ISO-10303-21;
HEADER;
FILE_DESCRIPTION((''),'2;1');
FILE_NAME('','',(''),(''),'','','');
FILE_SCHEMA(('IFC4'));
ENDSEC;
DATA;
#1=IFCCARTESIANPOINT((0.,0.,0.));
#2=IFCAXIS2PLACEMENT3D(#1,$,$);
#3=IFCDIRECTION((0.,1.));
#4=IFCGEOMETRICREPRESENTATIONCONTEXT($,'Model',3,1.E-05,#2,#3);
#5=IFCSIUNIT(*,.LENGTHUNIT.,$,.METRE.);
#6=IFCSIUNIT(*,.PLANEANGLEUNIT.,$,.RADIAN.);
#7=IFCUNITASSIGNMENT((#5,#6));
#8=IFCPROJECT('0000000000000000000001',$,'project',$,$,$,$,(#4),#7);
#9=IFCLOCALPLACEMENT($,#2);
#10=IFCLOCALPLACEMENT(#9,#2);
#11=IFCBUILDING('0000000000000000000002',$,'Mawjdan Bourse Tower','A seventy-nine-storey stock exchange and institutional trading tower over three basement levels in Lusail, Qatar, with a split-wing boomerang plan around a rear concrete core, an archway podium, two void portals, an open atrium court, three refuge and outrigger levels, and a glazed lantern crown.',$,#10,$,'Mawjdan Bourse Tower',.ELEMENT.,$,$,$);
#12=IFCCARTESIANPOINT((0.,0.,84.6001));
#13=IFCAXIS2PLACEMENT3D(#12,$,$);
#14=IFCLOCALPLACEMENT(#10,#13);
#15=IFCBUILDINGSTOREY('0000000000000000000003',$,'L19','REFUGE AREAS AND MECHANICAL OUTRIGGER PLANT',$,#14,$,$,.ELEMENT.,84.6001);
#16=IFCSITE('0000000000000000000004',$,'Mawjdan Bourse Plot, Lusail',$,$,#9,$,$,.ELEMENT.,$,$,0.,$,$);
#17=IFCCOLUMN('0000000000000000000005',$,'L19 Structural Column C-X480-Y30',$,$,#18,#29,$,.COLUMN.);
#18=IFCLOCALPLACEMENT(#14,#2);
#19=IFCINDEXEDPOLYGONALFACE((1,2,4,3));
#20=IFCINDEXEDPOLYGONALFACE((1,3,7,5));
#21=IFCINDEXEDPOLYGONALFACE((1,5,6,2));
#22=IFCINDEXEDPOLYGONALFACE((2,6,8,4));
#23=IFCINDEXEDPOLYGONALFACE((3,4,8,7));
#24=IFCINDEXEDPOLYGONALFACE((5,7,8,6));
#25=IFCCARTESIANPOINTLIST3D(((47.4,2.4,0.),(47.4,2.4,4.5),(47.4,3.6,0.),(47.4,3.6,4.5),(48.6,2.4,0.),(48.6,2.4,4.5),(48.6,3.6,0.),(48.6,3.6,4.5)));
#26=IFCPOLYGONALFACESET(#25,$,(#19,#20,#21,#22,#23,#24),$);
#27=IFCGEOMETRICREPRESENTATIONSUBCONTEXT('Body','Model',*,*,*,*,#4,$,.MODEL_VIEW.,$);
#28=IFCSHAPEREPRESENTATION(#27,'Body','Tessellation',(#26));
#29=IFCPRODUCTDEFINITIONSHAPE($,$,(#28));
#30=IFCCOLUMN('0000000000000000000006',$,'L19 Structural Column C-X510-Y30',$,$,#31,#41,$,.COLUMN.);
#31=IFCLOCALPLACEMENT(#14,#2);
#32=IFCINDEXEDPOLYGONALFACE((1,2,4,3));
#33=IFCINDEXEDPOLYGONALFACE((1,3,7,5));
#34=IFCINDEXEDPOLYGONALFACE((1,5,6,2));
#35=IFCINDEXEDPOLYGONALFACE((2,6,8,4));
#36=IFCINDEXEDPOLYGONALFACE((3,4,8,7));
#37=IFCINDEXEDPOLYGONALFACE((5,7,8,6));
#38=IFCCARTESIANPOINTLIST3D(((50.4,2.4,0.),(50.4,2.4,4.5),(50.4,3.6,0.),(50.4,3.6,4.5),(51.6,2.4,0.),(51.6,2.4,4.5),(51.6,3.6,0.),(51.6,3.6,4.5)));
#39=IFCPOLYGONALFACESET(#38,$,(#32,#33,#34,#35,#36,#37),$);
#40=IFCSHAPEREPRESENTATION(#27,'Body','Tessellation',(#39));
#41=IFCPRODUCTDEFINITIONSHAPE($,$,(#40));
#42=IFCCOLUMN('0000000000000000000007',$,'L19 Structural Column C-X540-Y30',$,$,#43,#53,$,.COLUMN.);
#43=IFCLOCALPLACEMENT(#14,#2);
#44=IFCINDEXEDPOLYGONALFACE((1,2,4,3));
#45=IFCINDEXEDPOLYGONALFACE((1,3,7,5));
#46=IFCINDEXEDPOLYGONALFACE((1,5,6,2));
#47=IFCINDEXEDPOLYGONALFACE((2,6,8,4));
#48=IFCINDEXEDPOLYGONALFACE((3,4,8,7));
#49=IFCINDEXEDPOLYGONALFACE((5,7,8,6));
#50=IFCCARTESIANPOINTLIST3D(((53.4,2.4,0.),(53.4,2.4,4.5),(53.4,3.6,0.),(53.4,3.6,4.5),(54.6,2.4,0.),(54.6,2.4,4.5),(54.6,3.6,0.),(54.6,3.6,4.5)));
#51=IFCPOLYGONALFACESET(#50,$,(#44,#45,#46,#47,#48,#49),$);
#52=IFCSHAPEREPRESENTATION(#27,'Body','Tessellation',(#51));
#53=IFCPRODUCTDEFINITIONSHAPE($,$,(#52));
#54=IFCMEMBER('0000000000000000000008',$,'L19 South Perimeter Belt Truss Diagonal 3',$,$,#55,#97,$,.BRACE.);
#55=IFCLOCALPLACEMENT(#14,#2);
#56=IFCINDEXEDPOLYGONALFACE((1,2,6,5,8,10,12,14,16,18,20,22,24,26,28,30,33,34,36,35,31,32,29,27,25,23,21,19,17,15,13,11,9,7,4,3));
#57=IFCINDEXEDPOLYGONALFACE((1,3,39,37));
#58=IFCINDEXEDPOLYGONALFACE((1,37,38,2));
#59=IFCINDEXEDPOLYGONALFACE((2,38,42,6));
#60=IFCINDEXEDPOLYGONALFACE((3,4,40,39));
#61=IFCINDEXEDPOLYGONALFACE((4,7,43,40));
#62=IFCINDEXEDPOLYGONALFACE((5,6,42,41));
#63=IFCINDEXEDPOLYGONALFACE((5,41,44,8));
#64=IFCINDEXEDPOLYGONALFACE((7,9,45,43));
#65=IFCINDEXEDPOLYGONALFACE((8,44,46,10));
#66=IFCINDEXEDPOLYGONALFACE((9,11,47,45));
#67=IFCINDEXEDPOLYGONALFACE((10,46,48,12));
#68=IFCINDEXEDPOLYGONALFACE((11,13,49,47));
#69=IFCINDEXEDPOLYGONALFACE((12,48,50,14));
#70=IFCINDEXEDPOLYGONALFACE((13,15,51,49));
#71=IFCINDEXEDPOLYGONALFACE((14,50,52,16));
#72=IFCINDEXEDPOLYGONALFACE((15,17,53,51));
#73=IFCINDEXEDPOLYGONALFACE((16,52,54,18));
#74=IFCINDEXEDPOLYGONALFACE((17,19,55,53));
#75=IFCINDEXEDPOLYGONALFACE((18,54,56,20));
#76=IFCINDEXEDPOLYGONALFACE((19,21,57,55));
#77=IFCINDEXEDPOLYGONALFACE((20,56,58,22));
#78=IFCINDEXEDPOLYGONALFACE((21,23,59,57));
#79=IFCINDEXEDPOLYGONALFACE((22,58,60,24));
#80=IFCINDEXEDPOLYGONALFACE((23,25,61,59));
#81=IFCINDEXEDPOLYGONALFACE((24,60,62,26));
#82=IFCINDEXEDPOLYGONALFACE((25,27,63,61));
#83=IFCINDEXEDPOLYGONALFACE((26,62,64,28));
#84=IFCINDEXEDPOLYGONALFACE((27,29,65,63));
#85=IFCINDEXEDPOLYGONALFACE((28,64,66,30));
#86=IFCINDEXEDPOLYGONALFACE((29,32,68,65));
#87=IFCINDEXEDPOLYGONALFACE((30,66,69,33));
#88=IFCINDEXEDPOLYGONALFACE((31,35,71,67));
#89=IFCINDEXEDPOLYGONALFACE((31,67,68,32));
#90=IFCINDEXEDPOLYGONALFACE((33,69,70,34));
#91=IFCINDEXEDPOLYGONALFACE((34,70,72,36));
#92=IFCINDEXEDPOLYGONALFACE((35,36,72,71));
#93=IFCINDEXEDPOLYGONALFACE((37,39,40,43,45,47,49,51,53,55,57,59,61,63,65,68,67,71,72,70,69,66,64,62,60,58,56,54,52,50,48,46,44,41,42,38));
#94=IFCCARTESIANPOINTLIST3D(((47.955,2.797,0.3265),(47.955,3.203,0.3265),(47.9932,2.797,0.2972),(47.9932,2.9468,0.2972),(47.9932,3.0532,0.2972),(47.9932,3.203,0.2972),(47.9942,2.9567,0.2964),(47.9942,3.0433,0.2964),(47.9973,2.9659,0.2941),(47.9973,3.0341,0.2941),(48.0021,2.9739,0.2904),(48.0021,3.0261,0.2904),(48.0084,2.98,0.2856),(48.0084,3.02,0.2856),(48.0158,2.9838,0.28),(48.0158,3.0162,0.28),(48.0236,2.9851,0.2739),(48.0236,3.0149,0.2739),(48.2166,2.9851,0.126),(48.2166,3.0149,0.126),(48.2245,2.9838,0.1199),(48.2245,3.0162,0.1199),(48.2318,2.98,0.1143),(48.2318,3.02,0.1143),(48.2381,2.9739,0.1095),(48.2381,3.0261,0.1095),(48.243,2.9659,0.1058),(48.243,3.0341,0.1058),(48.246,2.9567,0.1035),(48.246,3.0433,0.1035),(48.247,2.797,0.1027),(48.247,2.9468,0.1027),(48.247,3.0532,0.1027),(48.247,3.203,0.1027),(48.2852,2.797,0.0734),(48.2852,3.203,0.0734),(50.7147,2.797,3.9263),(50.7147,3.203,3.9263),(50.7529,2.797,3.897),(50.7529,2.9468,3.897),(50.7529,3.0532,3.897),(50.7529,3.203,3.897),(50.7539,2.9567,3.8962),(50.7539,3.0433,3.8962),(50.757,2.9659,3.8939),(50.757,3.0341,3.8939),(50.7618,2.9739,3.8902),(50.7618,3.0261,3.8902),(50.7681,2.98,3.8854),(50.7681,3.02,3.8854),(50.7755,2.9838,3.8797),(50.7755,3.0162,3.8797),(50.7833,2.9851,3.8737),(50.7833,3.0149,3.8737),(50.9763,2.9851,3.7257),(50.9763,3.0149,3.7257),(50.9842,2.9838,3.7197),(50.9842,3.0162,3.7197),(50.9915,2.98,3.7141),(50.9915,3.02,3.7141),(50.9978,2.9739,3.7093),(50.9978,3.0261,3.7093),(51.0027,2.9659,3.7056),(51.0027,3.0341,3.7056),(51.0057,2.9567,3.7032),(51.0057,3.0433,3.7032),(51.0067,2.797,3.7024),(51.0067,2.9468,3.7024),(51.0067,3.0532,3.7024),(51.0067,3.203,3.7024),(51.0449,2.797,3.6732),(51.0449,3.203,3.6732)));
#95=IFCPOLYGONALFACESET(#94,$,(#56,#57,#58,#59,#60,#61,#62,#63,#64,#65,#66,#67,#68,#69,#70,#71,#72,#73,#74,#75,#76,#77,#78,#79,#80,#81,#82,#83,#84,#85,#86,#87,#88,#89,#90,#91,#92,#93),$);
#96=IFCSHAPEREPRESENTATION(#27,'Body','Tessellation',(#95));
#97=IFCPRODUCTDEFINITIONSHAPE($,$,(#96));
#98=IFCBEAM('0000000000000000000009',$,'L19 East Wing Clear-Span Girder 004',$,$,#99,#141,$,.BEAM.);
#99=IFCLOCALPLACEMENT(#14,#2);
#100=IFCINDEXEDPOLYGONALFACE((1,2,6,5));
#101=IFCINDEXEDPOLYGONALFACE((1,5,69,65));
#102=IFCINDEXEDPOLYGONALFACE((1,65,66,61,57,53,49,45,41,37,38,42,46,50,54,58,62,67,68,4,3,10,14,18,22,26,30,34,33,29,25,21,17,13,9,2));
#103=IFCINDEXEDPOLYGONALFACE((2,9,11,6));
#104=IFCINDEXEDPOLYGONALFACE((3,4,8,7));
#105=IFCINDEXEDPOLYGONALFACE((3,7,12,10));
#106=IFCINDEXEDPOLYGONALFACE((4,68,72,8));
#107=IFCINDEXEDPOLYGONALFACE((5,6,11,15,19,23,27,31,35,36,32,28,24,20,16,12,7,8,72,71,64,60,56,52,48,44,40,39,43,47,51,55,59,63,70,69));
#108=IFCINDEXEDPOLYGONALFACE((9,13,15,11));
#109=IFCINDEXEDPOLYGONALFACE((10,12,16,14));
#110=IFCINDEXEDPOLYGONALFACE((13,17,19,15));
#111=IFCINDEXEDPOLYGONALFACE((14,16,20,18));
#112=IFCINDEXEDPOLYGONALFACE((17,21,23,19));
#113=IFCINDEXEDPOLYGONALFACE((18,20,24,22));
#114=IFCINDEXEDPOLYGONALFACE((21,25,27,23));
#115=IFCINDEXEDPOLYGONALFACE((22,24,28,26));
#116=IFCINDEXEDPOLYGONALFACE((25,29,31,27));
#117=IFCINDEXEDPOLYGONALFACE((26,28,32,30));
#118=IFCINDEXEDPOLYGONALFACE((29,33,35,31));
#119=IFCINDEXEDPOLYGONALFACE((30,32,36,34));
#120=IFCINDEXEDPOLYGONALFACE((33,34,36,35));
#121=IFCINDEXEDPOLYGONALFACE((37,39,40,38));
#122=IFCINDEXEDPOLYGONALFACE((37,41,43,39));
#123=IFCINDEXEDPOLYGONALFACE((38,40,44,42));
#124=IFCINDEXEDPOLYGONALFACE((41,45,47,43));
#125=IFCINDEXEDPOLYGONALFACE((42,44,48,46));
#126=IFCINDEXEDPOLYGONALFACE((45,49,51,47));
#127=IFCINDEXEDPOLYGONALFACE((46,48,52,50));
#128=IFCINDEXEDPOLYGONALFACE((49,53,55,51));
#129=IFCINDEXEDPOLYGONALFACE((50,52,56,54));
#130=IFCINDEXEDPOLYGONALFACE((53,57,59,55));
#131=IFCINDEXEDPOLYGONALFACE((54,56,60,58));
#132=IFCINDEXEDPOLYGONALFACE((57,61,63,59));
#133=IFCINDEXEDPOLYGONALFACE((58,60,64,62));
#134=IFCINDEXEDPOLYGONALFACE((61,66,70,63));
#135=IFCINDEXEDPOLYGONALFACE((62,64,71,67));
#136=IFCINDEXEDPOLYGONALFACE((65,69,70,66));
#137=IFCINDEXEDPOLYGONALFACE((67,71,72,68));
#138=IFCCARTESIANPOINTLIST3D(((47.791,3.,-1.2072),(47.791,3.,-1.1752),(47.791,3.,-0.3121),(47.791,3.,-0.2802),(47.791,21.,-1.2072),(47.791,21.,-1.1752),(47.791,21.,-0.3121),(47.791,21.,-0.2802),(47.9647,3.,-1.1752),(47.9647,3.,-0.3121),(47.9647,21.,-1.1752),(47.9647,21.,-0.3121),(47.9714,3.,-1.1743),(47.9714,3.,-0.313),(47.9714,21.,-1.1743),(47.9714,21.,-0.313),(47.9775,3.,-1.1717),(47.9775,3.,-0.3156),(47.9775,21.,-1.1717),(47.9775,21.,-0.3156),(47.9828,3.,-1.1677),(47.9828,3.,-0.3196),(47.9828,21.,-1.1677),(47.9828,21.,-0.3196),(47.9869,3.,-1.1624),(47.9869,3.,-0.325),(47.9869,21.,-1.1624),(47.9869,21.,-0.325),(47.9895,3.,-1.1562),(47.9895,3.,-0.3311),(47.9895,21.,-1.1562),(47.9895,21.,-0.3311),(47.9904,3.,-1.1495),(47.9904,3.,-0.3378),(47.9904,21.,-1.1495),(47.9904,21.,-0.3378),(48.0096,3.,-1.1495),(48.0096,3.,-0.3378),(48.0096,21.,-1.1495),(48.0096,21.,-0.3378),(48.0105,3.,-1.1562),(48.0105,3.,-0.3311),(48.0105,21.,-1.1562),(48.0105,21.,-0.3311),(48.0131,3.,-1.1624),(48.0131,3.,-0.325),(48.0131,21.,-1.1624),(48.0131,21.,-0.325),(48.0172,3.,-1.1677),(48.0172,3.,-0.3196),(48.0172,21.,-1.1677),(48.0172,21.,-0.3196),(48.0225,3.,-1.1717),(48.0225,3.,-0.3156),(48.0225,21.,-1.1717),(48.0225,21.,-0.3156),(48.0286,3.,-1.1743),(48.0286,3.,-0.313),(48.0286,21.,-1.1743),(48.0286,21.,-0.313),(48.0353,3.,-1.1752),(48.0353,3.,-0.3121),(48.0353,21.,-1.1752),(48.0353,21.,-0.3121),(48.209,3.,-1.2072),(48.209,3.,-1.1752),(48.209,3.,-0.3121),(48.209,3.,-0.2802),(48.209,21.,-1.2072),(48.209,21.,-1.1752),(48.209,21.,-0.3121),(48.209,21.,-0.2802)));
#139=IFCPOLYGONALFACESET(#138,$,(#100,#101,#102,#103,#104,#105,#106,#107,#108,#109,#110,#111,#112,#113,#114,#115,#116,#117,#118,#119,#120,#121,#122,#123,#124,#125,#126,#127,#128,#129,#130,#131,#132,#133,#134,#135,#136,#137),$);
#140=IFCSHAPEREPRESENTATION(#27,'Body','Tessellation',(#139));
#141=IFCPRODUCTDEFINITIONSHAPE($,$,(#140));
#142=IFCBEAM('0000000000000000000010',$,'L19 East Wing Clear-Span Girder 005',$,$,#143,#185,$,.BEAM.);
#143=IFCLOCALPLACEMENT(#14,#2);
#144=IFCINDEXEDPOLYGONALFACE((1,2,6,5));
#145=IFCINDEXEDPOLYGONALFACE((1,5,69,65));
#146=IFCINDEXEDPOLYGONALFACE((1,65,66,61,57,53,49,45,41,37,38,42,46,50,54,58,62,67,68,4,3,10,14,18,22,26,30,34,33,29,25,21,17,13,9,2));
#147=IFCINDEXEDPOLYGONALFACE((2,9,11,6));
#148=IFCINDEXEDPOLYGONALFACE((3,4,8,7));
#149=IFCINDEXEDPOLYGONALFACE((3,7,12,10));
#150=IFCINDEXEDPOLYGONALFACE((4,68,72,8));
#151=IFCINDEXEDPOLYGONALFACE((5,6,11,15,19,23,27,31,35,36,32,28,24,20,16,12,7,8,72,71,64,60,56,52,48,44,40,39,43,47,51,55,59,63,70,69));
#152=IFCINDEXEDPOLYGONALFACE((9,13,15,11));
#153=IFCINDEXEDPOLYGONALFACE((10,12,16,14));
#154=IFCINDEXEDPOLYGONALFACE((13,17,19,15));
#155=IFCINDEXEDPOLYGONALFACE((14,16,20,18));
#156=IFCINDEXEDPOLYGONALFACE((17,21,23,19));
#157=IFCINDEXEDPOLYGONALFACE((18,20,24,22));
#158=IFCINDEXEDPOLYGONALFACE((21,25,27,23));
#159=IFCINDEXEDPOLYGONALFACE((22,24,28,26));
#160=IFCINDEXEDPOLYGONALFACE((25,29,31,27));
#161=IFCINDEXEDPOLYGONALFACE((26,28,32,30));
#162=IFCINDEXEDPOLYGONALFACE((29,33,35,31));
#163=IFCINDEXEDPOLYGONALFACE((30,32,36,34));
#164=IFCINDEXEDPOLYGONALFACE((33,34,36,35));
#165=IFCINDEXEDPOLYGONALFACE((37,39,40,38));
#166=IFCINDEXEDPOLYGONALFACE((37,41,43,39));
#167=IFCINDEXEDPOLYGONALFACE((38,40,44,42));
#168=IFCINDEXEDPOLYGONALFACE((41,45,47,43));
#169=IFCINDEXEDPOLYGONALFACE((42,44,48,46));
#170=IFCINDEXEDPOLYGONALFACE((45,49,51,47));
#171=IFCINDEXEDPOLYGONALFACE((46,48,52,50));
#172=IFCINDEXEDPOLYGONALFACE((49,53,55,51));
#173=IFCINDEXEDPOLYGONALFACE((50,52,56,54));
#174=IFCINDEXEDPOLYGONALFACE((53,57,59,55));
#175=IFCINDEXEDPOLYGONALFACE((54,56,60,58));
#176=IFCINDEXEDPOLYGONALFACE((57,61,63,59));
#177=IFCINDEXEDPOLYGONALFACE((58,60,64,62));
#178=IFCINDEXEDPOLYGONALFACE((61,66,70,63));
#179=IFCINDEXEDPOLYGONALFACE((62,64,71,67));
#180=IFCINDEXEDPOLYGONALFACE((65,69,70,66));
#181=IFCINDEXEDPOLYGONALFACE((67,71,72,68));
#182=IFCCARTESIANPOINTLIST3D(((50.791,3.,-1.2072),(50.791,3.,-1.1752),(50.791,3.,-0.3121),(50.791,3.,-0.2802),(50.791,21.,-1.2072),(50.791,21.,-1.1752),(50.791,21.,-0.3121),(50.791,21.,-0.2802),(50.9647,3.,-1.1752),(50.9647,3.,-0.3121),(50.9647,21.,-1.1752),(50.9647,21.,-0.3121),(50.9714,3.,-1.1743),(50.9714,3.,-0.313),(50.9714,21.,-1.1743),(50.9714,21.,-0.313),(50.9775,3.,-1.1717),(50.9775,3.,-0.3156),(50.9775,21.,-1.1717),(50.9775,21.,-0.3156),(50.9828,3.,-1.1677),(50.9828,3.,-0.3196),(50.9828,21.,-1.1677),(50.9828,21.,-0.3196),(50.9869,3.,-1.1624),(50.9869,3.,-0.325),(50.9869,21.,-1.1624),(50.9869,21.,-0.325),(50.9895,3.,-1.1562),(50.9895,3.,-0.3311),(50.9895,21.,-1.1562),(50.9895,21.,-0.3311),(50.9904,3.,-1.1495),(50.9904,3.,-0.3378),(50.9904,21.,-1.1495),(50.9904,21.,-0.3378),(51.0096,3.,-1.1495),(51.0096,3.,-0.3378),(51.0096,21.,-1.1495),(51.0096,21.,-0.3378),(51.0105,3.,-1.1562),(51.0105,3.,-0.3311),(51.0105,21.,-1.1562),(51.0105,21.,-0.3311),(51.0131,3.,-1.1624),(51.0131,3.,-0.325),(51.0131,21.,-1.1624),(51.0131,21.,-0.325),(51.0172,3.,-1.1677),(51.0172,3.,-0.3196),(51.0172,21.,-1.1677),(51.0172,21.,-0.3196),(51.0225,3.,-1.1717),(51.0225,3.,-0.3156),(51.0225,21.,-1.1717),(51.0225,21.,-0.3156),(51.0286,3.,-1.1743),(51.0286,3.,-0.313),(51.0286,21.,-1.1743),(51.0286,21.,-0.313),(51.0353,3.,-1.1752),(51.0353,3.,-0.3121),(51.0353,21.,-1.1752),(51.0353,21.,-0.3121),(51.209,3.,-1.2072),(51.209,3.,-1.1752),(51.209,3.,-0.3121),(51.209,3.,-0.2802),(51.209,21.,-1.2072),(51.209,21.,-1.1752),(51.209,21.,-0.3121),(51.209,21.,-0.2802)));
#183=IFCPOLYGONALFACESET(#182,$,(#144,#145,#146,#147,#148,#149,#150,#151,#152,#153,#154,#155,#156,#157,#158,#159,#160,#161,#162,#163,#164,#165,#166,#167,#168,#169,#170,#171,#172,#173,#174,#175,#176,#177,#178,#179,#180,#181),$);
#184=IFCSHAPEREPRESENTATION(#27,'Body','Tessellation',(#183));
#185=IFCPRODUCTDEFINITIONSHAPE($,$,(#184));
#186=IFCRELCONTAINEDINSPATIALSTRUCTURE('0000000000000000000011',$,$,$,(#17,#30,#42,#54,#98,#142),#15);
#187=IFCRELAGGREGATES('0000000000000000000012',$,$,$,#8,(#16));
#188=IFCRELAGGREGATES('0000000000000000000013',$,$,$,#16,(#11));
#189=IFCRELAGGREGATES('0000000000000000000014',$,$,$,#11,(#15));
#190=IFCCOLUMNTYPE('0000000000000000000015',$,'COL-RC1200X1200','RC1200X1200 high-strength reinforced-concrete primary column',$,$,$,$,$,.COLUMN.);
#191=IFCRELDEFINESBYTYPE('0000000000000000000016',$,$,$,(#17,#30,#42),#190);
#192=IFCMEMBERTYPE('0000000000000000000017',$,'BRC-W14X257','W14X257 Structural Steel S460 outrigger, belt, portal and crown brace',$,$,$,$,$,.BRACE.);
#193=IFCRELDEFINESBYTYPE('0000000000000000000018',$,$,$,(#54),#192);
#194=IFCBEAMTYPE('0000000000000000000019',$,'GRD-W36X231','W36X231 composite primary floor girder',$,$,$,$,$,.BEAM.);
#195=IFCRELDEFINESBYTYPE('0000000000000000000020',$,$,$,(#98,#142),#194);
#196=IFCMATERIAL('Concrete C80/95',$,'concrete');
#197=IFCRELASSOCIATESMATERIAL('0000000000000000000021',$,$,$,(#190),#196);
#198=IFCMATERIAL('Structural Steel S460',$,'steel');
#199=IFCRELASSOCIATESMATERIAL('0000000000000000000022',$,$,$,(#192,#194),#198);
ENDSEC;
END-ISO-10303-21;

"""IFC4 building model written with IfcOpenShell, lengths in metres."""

from ifc_helpers import new_model, si_unit, direction, frame, origin, origin_2d, place, context, subcontext, project, spatial, rectangle, i_section, extrude, material, material_profile, profile_set, type_object, element, save


model = new_model("IFC4")

# Units and contexts
model_context = context("Model", 3, precision=1e-05, world=origin(), true_north=direction((0.0, 1.0)))
body_context = subcontext(model_context, "Body", "Model", "MODEL_VIEW")
ifc_project = project(units=[si_unit("LENGTHUNIT", "METRE"), si_unit("PLANEANGLEUNIT", "RADIAN")], contexts=[model_context])

# Site, building, storey
site_placement = place(None, origin())
site = spatial("IfcSite", under=ifc_project, at=site_placement, Name="Mawjdan Bourse Plot, Lusail", CompositionType="ELEMENT", RefElevation=0.0)
building_placement = place(site_placement, origin())
building = spatial("IfcBuilding", under=site, at=building_placement, Name="Mawjdan Bourse Tower", Description="A seventy-nine-storey stock exchange and institutional trading tower over three basement levels in Lusail, Qatar, with a split-wing boomerang plan around a rear concrete core, an archway podium, two void portals, an open atrium court, three refuge and outrigger levels, and a glazed lantern crown.", LongName="Mawjdan Bourse Tower", CompositionType="ELEMENT")
storey_placement = place(building_placement, frame((0.0, 0.0, 84.6001)))
storey = spatial("IfcBuildingStorey", under=building, at=storey_placement, Name="L19", Description="REFUGE AREAS AND MECHANICAL OUTRIGGER PLANT", CompositionType="ELEMENT", Elevation=84.6001)

# Columns
ifc_material_1 = material(Name="Concrete C80/95", Category="concrete")
ifc_material_profile_1 = material_profile(ifc_material_1, rectangle(XDim=1.2, YDim=1.2, at=origin_2d()), Name="RC1200X1200")
ifc_profile_set_1 = profile_set([ifc_material_profile_1], Name="Concrete C80/95")
column_type = type_object("IfcColumnType", Name="COL-RC1200X1200", Description="RC1200X1200 high-strength reinforced-concrete primary column", PredefinedType="COLUMN", material=ifc_profile_set_1)
for number, where, z_axis, x_axis, name in (
    (1, (48.0, 3.0, 0.0), (0.0, 0.0, 1.0), (1.0, 0.0, 0.0), "L19 Structural Column C-X480-Y30"),
    (2, (51.0, 3.0, 0.0), (0.0, 0.0, 1.0), (1.0, 0.0, 0.0), "L19 Structural Column C-X510-Y30"),
    (3, (54.0, 3.0, 0.0), (0.0, 0.0, 1.0), (1.0, 0.0, 0.0), "L19 Structural Column C-X540-Y30"),
):
    element("IfcColumn", number, at=place(storey_placement, frame(where, z_axis=z_axis, x_axis=x_axis)), inside=storey, type_object=column_type, Name=name, PredefinedType="COLUMN", context=body_context, shape_type="SweptSolid", body=[
        extrude(rectangle(XDim=1.2, YDim=1.2, at=origin_2d()), origin(), (0.0, 0.0, 1.0), 4.5),
    ])

# Member
ifc_material_2 = material(Name="Structural Steel S460", Category="steel")
ifc_material_profile_2 = material_profile(ifc_material_2, i_section(OverallWidth=0.406, OverallDepth=0.416, WebThickness=0.0298, FlangeThickness=0.0481, FilletRadius=0.0383, at=origin_2d()), Name="W14X257")
ifc_profile_set_2 = profile_set([ifc_material_profile_2], Name="Structural Steel S460")
member_type_1 = type_object("IfcMemberType", Name="BRC-W14X257", Description="W14X257 Structural Steel S460 outrigger, belt, portal and crown brace", PredefinedType="BRACE", material=ifc_profile_set_2)
member_1_placement = place(storey_placement, frame((48.1201, 3.0, 0.2), z_axis=(0.608415, 0.0, 0.793619), x_axis=(0.0, 1.0, 0.0)))
element("IfcMember", 4, at=member_1_placement, inside=storey, type_object=member_type_1, Name="L19 South Perimeter Belt Truss Diagonal 3", PredefinedType="BRACE", context=body_context, shape_type="SweptSolid", body=[
    extrude(i_section(OverallWidth=0.406, OverallDepth=0.416, WebThickness=0.0298, FlangeThickness=0.0481, FilletRadius=0.0383, at=origin_2d()), origin(), (0.0, 0.0, 1.0), 4.5359),
])

# Beams
ifc_material_profile_3 = material_profile(ifc_material_2, i_section(OverallWidth=0.418, OverallDepth=0.927, WebThickness=0.0193, FlangeThickness=0.032, FilletRadius=0.0256, at=origin_2d()), Name="W36X231")
ifc_profile_set_3 = profile_set([ifc_material_profile_3], Name="Structural Steel S460")
beam_type_1 = type_object("IfcBeamType", Name="GRD-W36X231", Description="W36X231 composite primary floor girder", PredefinedType="BEAM", material=ifc_profile_set_3)
for number, where, z_axis, x_axis, name in (
    (5, (48.0, 3.0, -0.7437), (0.0, 1.0, 0.0), (-1.0, 0.0, 0.0), "L19 East Wing Clear-Span Girder 004"),
    (6, (51.0, 3.0, -0.7437), (0.0, 1.0, 0.0), (-1.0, 0.0, 0.0), "L19 East Wing Clear-Span Girder 005"),
):
    element("IfcBeam", number, at=place(storey_placement, frame(where, z_axis=z_axis, x_axis=x_axis)), inside=storey, type_object=beam_type_1, Name=name, PredefinedType="BEAM", context=body_context, shape_type="SweptSolid", body=[
        extrude(i_section(OverallWidth=0.418, OverallDepth=0.927, WebThickness=0.0193, FlangeThickness=0.032, FilletRadius=0.0256, at=origin_2d()), origin(), (0.0, 0.0, 1.0), 18.0),
    ])

save(model, "model.ifc")
